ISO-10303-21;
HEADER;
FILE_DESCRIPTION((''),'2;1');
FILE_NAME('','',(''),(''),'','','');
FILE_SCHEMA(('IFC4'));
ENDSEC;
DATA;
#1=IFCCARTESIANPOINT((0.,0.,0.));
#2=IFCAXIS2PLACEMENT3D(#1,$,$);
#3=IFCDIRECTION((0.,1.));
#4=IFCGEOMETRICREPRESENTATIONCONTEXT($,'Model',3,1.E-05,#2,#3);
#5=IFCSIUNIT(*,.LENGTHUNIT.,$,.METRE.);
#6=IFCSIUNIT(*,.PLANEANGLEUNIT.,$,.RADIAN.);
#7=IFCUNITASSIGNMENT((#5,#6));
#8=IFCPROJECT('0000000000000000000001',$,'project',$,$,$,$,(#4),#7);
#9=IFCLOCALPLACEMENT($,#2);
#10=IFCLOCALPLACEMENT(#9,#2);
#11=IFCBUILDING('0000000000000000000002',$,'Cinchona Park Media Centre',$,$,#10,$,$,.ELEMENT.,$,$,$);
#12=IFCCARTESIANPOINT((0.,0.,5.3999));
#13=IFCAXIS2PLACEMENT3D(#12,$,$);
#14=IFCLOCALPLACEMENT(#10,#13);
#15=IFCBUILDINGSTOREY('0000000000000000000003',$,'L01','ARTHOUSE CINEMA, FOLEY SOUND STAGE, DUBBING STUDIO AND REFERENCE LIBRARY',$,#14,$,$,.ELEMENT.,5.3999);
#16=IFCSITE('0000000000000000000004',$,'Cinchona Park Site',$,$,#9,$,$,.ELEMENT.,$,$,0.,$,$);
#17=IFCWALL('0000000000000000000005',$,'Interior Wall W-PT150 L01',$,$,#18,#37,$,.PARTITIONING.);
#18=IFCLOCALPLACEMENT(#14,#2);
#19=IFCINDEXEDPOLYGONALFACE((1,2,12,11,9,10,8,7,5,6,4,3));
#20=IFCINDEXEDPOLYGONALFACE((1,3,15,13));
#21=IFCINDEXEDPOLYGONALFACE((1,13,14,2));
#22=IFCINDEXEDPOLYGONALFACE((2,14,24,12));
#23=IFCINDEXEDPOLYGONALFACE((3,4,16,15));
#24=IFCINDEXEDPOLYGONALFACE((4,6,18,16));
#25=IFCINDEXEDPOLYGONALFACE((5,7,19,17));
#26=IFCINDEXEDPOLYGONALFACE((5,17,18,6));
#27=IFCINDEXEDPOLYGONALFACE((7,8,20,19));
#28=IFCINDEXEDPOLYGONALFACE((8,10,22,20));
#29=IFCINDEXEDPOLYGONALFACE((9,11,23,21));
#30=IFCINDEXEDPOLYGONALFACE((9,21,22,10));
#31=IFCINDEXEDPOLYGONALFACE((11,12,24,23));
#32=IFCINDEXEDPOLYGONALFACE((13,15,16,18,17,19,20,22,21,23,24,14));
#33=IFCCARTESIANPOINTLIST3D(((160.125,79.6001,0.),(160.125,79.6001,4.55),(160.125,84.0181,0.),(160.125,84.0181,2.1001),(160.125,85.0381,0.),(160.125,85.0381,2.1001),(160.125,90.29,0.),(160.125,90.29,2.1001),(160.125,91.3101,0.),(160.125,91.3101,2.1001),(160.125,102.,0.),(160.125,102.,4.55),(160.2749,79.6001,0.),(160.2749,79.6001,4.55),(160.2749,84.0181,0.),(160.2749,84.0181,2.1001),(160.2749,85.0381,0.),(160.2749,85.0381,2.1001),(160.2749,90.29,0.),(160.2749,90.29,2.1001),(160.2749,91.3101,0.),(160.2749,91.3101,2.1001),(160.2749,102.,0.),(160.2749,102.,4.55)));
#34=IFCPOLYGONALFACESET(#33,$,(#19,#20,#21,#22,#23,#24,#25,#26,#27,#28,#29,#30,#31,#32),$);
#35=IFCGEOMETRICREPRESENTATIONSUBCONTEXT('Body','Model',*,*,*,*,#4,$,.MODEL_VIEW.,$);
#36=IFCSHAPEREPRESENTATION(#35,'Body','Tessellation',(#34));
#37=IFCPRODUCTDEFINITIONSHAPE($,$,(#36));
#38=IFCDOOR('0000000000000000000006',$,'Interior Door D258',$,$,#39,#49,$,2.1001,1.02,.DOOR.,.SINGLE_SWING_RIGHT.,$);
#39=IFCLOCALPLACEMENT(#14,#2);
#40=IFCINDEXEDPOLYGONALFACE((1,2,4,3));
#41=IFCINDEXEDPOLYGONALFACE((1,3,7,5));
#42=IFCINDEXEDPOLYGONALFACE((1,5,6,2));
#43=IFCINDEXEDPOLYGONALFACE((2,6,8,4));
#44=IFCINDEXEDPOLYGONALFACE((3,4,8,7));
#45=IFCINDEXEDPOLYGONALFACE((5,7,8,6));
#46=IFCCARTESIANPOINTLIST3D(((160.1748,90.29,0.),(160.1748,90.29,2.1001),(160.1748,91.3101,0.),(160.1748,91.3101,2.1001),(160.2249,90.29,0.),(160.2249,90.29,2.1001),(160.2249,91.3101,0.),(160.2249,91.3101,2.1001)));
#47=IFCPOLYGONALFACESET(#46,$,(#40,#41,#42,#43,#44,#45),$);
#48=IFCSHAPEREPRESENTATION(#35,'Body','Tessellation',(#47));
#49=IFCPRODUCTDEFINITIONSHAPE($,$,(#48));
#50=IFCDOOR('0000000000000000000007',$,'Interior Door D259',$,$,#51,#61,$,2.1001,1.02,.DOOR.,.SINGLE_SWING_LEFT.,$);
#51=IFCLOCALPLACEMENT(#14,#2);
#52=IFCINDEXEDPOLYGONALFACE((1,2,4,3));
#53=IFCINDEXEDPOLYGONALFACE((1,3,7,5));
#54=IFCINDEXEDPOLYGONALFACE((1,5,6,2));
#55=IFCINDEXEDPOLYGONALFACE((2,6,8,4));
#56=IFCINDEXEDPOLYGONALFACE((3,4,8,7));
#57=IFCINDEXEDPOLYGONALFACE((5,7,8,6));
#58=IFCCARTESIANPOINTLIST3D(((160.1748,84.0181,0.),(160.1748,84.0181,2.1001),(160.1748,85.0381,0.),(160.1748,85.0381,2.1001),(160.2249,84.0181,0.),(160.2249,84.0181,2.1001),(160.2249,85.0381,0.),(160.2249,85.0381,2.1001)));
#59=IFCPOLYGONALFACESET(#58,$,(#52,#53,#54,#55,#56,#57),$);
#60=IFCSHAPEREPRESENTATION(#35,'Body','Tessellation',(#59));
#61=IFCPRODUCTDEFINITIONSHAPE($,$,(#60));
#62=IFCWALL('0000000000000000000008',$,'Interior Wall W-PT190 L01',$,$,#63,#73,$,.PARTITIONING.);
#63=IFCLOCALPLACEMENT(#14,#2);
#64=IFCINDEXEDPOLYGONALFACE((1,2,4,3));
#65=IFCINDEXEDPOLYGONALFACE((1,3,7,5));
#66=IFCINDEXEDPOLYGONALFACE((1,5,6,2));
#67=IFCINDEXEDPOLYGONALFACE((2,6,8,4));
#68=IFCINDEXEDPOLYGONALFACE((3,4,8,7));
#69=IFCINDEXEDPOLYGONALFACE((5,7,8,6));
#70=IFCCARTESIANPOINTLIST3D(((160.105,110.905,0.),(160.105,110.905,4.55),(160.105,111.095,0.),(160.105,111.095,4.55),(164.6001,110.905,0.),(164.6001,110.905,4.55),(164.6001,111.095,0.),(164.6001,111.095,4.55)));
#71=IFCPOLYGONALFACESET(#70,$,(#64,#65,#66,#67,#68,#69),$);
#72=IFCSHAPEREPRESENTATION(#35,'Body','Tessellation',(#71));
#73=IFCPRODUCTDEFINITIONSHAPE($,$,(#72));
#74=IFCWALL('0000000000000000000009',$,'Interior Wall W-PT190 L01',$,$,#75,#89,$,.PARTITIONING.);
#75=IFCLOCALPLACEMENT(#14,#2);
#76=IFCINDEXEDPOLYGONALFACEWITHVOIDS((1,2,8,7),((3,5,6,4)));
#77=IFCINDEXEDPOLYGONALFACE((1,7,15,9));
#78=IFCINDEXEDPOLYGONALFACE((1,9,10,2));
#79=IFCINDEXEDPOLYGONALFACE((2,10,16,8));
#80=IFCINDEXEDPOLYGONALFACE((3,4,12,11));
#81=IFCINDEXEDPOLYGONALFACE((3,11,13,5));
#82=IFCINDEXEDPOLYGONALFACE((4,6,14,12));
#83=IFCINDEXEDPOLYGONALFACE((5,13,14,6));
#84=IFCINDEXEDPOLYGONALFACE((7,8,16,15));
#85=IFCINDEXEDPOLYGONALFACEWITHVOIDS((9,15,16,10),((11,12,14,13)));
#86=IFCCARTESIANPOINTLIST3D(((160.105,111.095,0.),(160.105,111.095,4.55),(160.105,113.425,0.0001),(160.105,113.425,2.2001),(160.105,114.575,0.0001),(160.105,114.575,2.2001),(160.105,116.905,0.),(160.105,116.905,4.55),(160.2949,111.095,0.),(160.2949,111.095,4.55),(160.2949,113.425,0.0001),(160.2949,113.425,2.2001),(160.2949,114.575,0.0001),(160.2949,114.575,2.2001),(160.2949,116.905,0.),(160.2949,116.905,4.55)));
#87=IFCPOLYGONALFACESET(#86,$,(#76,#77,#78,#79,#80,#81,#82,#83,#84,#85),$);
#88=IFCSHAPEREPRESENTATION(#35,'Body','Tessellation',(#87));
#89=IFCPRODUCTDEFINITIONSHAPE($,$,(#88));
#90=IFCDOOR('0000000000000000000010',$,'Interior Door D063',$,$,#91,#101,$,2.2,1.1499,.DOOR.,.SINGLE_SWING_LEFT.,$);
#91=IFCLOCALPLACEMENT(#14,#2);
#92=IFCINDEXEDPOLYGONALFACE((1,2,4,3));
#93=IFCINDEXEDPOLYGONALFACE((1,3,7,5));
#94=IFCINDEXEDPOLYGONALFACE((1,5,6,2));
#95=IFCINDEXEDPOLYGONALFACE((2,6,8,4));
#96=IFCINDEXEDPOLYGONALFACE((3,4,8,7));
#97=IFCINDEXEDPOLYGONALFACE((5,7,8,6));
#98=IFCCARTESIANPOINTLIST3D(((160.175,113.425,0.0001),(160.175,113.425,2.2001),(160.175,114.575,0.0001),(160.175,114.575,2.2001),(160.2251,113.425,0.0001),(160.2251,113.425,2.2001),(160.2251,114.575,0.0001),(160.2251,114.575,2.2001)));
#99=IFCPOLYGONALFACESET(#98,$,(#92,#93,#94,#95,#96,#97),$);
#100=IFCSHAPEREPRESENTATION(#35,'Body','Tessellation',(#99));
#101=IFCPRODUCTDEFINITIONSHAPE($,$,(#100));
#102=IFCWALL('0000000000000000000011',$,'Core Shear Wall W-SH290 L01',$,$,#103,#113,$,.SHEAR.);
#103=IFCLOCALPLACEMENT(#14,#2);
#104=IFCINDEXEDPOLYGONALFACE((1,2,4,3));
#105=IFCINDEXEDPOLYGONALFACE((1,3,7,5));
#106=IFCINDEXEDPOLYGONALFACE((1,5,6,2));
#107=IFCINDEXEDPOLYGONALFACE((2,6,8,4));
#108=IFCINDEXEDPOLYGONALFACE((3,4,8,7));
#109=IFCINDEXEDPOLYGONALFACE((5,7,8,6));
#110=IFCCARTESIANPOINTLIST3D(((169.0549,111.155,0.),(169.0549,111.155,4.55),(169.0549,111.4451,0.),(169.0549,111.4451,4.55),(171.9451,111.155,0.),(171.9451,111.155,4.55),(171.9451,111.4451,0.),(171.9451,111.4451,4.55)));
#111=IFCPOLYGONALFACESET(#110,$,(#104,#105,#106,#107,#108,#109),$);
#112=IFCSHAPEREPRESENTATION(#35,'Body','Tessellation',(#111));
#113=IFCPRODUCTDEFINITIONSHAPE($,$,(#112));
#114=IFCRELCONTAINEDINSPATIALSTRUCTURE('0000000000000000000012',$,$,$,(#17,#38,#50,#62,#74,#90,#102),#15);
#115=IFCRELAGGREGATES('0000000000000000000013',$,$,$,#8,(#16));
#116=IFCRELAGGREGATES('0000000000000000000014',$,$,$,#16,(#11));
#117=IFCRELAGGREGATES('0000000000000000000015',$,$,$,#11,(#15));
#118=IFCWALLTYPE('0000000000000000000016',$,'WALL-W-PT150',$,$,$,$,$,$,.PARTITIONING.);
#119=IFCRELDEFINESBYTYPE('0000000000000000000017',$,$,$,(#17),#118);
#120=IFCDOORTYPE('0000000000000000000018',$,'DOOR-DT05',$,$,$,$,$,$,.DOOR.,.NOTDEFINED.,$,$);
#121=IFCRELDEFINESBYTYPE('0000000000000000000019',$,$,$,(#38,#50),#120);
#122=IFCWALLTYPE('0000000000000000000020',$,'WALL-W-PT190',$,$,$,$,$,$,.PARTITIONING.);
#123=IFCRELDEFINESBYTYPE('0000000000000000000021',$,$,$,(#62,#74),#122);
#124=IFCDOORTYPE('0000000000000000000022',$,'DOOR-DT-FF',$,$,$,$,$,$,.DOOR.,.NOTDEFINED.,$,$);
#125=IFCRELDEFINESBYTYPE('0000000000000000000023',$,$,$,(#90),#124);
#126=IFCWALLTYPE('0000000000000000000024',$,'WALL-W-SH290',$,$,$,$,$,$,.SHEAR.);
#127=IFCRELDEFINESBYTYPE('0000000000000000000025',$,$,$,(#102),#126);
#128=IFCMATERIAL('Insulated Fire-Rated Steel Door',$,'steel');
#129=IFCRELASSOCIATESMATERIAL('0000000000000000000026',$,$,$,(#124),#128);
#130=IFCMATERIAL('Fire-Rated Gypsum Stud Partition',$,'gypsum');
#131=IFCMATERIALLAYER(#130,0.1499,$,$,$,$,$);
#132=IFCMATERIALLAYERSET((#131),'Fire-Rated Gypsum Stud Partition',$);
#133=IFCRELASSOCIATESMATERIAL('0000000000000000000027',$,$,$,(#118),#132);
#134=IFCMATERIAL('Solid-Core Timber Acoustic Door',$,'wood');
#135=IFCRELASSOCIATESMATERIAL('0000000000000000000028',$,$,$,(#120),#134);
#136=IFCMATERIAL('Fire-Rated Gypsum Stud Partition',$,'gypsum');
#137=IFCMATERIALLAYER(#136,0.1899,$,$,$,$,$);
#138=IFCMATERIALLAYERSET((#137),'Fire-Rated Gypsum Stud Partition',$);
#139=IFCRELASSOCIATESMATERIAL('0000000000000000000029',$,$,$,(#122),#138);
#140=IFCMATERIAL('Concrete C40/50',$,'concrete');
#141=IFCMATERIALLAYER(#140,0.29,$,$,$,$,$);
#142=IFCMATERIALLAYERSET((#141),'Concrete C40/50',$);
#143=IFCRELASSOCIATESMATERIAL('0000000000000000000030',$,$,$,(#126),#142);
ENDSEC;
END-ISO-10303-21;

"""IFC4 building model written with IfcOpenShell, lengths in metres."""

from ifc_helpers import new_model, si_unit, direction, frame, frame_2d, origin, place, context, subcontext, project, spatial, rectangle, extrude, material, layer, layer_set, type_object, element, fill, save


model = new_model("IFC4")

# Units and contexts
model_context = context("Model", 3, precision=1e-05, world=origin(), true_north=direction((0.0, 1.0)))
body_context = subcontext(model_context, "Body", "Model", "MODEL_VIEW")
ifc_project = project(units=[si_unit("LENGTHUNIT", "METRE"), si_unit("PLANEANGLEUNIT", "RADIAN")], contexts=[model_context])

# Site, building, storey
site_placement = place(None, origin())
site = spatial("IfcSite", under=ifc_project, at=site_placement, Name="Cinchona Park Site", CompositionType="ELEMENT", RefElevation=0.0)
building_placement = place(site_placement, origin())
building = spatial("IfcBuilding", under=site, at=building_placement, Name="Cinchona Park Media Centre", CompositionType="ELEMENT")
storey_placement = place(building_placement, frame((0.0, 0.0, 5.3999)))
storey = spatial("IfcBuildingStorey", under=building, at=storey_placement, Name="L01", Description="ARTHOUSE CINEMA, FOLEY SOUND STAGE, DUBBING STUDIO AND REFERENCE LIBRARY", CompositionType="ELEMENT", Elevation=5.3999)

# Wall, openings, doors
ifc_material_1 = material(Name="Insulated Fire-Rated Steel Door", Category="steel")
door_type_1 = type_object("IfcDoorType", Name="DOOR-DT-FF", OperationType="NOTDEFINED", PredefinedType="DOOR", material=ifc_material_1)
ifc_material_2 = material(Name="Fire-Rated Gypsum Stud Partition", Category="gypsum")
ifc_layer_1 = layer(ifc_material_2, 0.1499)
ifc_layer_set_1 = layer_set([ifc_layer_1], Name="Fire-Rated Gypsum Stud Partition")
wall_type_1 = type_object("IfcWallType", Name="WALL-W-PT150", PredefinedType="PARTITIONING", material=ifc_layer_set_1)
wall_1_placement = place(storey_placement, frame((160.2, 102.0, 0.0), z_axis=(0.0, 0.0, 1.0), x_axis=(0.0, -1.0, 0.0)))
wall_1 = element("IfcWall", 1, at=wall_1_placement, inside=storey, type_object=wall_type_1, Name="Interior Wall W-PT150 L01", PredefinedType="PARTITIONING", context=body_context, shape_type="SweptSolid", body=[
    extrude(rectangle(XDim=22.3999, YDim=0.1499, at=frame_2d((11.2, 0.0))), origin(), (0.0, 0.0, 1.0), 4.55),
])
opening_1_placement = place(wall_1_placement, frame((10.6899, 0.0, 0.0)))
opening_1 = element("IfcOpeningElement", 2, at=opening_1_placement, cuts=wall_1, PredefinedType="OPENING", context=body_context, shape_type="SweptSolid", body=[
    extrude(rectangle(XDim=1.02, YDim=2.1001, at=frame_2d((0.51, 1.05))), frame((0.0, 0.085, 0.0), z_axis=(0.0, -1.0, 0.0), x_axis=(1.0, 0.0, 0.0)), (0.0, 0.0, 1.0), 0.1699),
])
opening_2_placement = place(wall_1_placement, frame((16.9619, 0.0, 0.0)))
opening_2 = element("IfcOpeningElement", 3, at=opening_2_placement, cuts=wall_1, PredefinedType="OPENING", context=body_context, shape_type="SweptSolid", body=[
    extrude(rectangle(XDim=1.02, YDim=2.1001, at=frame_2d((0.51, 1.05))), frame((0.0, 0.085, 0.0), z_axis=(0.0, -1.0, 0.0), x_axis=(1.0, 0.0, 0.0)), (0.0, 0.0, 1.0), 0.1699),
])
ifc_material_3 = material(Name="Solid-Core Timber Acoustic Door", Category="wood")
door_type_2 = type_object("IfcDoorType", Name="DOOR-DT05", OperationType="NOTDEFINED", PredefinedType="DOOR", material=ifc_material_3)
door_1_placement = place(opening_1_placement, origin())
door_1 = element("IfcDoor", 4, at=door_1_placement, inside=storey, type_object=door_type_2, Name="Interior Door D258", OperationType="SINGLE_SWING_RIGHT", OverallHeight=2.1001, OverallWidth=1.02, PredefinedType="DOOR", context=body_context, shape_type="SweptSolid", body=[
    extrude(rectangle(XDim=1.02, YDim=2.1001, at=frame_2d((0.51, 1.05))), frame((0.0, 0.0249, 0.0), z_axis=(0.0, -1.0, 0.0), x_axis=(1.0, 0.0, 0.0)), (0.0, 0.0, 1.0), 0.05),
])
fill(opening_1, door_1)
door_2_placement = place(opening_2_placement, origin())
door_2 = element("IfcDoor", 5, at=door_2_placement, inside=storey, type_object=door_type_2, Name="Interior Door D259", OperationType="SINGLE_SWING_LEFT", OverallHeight=2.1001, OverallWidth=1.02, PredefinedType="DOOR", context=body_context, shape_type="SweptSolid", body=[
    extrude(rectangle(XDim=1.02, YDim=2.1001, at=frame_2d((0.51, 1.05))), frame((0.0, 0.0249, 0.0), z_axis=(0.0, -1.0, 0.0), x_axis=(1.0, 0.0, 0.0)), (0.0, 0.0, 1.0), 0.05),
])
fill(opening_2, door_2)

# Wall
ifc_material_4 = material(Name="Fire-Rated Gypsum Stud Partition", Category="gypsum")
ifc_layer_2 = layer(ifc_material_4, 0.1899)
ifc_layer_set_2 = layer_set([ifc_layer_2], Name="Fire-Rated Gypsum Stud Partition")
wall_type_2 = type_object("IfcWallType", Name="WALL-W-PT190", PredefinedType="PARTITIONING", material=ifc_layer_set_2)
wall_2_placement = place(storey_placement, frame((160.105, 111.0, 0.0), z_axis=(0.0, 0.0, 1.0), x_axis=(1.0, 0.0, 0.0)))
element("IfcWall", 6, at=wall_2_placement, inside=storey, type_object=wall_type_2, Name="Interior Wall W-PT190 L01", PredefinedType="PARTITIONING", context=body_context, shape_type="SweptSolid", body=[
    extrude(rectangle(XDim=4.4951, YDim=0.1899, at=frame_2d((2.2476, 0.0))), origin(), (0.0, 0.0, 1.0), 4.55),
])

# Wall, opening, door
wall_3_placement = place(storey_placement, frame((160.2, 111.095, 0.0), z_axis=(0.0, 0.0, 1.0), x_axis=(0.0, 1.0, 0.0)))
wall_3 = element("IfcWall", 7, at=wall_3_placement, inside=storey, type_object=wall_type_2, Name="Interior Wall W-PT190 L01", PredefinedType="PARTITIONING", context=body_context, shape_type="SweptSolid", body=[
    extrude(rectangle(XDim=5.8101, YDim=0.1899, at=frame_2d((2.905, 0.0))), origin(), (0.0, 0.0, 1.0), 4.55),
])
opening_3_placement = place(wall_3_placement, frame((2.3301, 0.0, 0.0)))
opening_3 = element("IfcOpeningElement", 8, at=opening_3_placement, cuts=wall_3, PredefinedType="OPENING", context=body_context, shape_type="SweptSolid", body=[
    extrude(rectangle(XDim=1.1499, YDim=2.2, at=frame_2d((0.575, 1.1001))), frame((0.0, 0.105, 0.0), z_axis=(0.0, -1.0, 0.0), x_axis=(1.0, 0.0, 0.0)), (0.0, 0.0, 1.0), 0.21),
])
door_3_placement = place(opening_3_placement, origin())
door_3 = element("IfcDoor", 9, at=door_3_placement, inside=storey, type_object=door_type_1, Name="Interior Door D063", OperationType="SINGLE_SWING_LEFT", OverallHeight=2.2, OverallWidth=1.1499, PredefinedType="DOOR", context=body_context, shape_type="SweptSolid", body=[
    extrude(rectangle(XDim=1.1499, YDim=2.2, at=frame_2d((0.575, 1.1001))), frame((0.0, 0.0249, 0.0), z_axis=(0.0, -1.0, 0.0), x_axis=(1.0, 0.0, 0.0)), (0.0, 0.0, 1.0), 0.05),
])
fill(opening_3, door_3)

# Wall
ifc_material_5 = material(Name="Concrete C40/50", Category="concrete")
ifc_layer_3 = layer(ifc_material_5, 0.29)
ifc_layer_set_3 = layer_set([ifc_layer_3], Name="Concrete C40/50")
wall_type_3 = type_object("IfcWallType", Name="WALL-W-SH290", PredefinedType="SHEAR", material=ifc_layer_set_3)
wall_4_placement = place(storey_placement, frame((169.0549, 111.3, 0.0), z_axis=(0.0, 0.0, 1.0), x_axis=(1.0, 0.0, 0.0)))
element("IfcWall", 10, at=wall_4_placement, inside=storey, type_object=wall_type_3, Name="Core Shear Wall W-SH290 L01", PredefinedType="SHEAR", context=body_context, shape_type="SweptSolid", body=[
    extrude(rectangle(XDim=2.8901, YDim=0.29, at=frame_2d((1.4451, 0.0))), origin(), (0.0, 0.0, 1.0), 4.55),
])

save(model, "model.ifc")
